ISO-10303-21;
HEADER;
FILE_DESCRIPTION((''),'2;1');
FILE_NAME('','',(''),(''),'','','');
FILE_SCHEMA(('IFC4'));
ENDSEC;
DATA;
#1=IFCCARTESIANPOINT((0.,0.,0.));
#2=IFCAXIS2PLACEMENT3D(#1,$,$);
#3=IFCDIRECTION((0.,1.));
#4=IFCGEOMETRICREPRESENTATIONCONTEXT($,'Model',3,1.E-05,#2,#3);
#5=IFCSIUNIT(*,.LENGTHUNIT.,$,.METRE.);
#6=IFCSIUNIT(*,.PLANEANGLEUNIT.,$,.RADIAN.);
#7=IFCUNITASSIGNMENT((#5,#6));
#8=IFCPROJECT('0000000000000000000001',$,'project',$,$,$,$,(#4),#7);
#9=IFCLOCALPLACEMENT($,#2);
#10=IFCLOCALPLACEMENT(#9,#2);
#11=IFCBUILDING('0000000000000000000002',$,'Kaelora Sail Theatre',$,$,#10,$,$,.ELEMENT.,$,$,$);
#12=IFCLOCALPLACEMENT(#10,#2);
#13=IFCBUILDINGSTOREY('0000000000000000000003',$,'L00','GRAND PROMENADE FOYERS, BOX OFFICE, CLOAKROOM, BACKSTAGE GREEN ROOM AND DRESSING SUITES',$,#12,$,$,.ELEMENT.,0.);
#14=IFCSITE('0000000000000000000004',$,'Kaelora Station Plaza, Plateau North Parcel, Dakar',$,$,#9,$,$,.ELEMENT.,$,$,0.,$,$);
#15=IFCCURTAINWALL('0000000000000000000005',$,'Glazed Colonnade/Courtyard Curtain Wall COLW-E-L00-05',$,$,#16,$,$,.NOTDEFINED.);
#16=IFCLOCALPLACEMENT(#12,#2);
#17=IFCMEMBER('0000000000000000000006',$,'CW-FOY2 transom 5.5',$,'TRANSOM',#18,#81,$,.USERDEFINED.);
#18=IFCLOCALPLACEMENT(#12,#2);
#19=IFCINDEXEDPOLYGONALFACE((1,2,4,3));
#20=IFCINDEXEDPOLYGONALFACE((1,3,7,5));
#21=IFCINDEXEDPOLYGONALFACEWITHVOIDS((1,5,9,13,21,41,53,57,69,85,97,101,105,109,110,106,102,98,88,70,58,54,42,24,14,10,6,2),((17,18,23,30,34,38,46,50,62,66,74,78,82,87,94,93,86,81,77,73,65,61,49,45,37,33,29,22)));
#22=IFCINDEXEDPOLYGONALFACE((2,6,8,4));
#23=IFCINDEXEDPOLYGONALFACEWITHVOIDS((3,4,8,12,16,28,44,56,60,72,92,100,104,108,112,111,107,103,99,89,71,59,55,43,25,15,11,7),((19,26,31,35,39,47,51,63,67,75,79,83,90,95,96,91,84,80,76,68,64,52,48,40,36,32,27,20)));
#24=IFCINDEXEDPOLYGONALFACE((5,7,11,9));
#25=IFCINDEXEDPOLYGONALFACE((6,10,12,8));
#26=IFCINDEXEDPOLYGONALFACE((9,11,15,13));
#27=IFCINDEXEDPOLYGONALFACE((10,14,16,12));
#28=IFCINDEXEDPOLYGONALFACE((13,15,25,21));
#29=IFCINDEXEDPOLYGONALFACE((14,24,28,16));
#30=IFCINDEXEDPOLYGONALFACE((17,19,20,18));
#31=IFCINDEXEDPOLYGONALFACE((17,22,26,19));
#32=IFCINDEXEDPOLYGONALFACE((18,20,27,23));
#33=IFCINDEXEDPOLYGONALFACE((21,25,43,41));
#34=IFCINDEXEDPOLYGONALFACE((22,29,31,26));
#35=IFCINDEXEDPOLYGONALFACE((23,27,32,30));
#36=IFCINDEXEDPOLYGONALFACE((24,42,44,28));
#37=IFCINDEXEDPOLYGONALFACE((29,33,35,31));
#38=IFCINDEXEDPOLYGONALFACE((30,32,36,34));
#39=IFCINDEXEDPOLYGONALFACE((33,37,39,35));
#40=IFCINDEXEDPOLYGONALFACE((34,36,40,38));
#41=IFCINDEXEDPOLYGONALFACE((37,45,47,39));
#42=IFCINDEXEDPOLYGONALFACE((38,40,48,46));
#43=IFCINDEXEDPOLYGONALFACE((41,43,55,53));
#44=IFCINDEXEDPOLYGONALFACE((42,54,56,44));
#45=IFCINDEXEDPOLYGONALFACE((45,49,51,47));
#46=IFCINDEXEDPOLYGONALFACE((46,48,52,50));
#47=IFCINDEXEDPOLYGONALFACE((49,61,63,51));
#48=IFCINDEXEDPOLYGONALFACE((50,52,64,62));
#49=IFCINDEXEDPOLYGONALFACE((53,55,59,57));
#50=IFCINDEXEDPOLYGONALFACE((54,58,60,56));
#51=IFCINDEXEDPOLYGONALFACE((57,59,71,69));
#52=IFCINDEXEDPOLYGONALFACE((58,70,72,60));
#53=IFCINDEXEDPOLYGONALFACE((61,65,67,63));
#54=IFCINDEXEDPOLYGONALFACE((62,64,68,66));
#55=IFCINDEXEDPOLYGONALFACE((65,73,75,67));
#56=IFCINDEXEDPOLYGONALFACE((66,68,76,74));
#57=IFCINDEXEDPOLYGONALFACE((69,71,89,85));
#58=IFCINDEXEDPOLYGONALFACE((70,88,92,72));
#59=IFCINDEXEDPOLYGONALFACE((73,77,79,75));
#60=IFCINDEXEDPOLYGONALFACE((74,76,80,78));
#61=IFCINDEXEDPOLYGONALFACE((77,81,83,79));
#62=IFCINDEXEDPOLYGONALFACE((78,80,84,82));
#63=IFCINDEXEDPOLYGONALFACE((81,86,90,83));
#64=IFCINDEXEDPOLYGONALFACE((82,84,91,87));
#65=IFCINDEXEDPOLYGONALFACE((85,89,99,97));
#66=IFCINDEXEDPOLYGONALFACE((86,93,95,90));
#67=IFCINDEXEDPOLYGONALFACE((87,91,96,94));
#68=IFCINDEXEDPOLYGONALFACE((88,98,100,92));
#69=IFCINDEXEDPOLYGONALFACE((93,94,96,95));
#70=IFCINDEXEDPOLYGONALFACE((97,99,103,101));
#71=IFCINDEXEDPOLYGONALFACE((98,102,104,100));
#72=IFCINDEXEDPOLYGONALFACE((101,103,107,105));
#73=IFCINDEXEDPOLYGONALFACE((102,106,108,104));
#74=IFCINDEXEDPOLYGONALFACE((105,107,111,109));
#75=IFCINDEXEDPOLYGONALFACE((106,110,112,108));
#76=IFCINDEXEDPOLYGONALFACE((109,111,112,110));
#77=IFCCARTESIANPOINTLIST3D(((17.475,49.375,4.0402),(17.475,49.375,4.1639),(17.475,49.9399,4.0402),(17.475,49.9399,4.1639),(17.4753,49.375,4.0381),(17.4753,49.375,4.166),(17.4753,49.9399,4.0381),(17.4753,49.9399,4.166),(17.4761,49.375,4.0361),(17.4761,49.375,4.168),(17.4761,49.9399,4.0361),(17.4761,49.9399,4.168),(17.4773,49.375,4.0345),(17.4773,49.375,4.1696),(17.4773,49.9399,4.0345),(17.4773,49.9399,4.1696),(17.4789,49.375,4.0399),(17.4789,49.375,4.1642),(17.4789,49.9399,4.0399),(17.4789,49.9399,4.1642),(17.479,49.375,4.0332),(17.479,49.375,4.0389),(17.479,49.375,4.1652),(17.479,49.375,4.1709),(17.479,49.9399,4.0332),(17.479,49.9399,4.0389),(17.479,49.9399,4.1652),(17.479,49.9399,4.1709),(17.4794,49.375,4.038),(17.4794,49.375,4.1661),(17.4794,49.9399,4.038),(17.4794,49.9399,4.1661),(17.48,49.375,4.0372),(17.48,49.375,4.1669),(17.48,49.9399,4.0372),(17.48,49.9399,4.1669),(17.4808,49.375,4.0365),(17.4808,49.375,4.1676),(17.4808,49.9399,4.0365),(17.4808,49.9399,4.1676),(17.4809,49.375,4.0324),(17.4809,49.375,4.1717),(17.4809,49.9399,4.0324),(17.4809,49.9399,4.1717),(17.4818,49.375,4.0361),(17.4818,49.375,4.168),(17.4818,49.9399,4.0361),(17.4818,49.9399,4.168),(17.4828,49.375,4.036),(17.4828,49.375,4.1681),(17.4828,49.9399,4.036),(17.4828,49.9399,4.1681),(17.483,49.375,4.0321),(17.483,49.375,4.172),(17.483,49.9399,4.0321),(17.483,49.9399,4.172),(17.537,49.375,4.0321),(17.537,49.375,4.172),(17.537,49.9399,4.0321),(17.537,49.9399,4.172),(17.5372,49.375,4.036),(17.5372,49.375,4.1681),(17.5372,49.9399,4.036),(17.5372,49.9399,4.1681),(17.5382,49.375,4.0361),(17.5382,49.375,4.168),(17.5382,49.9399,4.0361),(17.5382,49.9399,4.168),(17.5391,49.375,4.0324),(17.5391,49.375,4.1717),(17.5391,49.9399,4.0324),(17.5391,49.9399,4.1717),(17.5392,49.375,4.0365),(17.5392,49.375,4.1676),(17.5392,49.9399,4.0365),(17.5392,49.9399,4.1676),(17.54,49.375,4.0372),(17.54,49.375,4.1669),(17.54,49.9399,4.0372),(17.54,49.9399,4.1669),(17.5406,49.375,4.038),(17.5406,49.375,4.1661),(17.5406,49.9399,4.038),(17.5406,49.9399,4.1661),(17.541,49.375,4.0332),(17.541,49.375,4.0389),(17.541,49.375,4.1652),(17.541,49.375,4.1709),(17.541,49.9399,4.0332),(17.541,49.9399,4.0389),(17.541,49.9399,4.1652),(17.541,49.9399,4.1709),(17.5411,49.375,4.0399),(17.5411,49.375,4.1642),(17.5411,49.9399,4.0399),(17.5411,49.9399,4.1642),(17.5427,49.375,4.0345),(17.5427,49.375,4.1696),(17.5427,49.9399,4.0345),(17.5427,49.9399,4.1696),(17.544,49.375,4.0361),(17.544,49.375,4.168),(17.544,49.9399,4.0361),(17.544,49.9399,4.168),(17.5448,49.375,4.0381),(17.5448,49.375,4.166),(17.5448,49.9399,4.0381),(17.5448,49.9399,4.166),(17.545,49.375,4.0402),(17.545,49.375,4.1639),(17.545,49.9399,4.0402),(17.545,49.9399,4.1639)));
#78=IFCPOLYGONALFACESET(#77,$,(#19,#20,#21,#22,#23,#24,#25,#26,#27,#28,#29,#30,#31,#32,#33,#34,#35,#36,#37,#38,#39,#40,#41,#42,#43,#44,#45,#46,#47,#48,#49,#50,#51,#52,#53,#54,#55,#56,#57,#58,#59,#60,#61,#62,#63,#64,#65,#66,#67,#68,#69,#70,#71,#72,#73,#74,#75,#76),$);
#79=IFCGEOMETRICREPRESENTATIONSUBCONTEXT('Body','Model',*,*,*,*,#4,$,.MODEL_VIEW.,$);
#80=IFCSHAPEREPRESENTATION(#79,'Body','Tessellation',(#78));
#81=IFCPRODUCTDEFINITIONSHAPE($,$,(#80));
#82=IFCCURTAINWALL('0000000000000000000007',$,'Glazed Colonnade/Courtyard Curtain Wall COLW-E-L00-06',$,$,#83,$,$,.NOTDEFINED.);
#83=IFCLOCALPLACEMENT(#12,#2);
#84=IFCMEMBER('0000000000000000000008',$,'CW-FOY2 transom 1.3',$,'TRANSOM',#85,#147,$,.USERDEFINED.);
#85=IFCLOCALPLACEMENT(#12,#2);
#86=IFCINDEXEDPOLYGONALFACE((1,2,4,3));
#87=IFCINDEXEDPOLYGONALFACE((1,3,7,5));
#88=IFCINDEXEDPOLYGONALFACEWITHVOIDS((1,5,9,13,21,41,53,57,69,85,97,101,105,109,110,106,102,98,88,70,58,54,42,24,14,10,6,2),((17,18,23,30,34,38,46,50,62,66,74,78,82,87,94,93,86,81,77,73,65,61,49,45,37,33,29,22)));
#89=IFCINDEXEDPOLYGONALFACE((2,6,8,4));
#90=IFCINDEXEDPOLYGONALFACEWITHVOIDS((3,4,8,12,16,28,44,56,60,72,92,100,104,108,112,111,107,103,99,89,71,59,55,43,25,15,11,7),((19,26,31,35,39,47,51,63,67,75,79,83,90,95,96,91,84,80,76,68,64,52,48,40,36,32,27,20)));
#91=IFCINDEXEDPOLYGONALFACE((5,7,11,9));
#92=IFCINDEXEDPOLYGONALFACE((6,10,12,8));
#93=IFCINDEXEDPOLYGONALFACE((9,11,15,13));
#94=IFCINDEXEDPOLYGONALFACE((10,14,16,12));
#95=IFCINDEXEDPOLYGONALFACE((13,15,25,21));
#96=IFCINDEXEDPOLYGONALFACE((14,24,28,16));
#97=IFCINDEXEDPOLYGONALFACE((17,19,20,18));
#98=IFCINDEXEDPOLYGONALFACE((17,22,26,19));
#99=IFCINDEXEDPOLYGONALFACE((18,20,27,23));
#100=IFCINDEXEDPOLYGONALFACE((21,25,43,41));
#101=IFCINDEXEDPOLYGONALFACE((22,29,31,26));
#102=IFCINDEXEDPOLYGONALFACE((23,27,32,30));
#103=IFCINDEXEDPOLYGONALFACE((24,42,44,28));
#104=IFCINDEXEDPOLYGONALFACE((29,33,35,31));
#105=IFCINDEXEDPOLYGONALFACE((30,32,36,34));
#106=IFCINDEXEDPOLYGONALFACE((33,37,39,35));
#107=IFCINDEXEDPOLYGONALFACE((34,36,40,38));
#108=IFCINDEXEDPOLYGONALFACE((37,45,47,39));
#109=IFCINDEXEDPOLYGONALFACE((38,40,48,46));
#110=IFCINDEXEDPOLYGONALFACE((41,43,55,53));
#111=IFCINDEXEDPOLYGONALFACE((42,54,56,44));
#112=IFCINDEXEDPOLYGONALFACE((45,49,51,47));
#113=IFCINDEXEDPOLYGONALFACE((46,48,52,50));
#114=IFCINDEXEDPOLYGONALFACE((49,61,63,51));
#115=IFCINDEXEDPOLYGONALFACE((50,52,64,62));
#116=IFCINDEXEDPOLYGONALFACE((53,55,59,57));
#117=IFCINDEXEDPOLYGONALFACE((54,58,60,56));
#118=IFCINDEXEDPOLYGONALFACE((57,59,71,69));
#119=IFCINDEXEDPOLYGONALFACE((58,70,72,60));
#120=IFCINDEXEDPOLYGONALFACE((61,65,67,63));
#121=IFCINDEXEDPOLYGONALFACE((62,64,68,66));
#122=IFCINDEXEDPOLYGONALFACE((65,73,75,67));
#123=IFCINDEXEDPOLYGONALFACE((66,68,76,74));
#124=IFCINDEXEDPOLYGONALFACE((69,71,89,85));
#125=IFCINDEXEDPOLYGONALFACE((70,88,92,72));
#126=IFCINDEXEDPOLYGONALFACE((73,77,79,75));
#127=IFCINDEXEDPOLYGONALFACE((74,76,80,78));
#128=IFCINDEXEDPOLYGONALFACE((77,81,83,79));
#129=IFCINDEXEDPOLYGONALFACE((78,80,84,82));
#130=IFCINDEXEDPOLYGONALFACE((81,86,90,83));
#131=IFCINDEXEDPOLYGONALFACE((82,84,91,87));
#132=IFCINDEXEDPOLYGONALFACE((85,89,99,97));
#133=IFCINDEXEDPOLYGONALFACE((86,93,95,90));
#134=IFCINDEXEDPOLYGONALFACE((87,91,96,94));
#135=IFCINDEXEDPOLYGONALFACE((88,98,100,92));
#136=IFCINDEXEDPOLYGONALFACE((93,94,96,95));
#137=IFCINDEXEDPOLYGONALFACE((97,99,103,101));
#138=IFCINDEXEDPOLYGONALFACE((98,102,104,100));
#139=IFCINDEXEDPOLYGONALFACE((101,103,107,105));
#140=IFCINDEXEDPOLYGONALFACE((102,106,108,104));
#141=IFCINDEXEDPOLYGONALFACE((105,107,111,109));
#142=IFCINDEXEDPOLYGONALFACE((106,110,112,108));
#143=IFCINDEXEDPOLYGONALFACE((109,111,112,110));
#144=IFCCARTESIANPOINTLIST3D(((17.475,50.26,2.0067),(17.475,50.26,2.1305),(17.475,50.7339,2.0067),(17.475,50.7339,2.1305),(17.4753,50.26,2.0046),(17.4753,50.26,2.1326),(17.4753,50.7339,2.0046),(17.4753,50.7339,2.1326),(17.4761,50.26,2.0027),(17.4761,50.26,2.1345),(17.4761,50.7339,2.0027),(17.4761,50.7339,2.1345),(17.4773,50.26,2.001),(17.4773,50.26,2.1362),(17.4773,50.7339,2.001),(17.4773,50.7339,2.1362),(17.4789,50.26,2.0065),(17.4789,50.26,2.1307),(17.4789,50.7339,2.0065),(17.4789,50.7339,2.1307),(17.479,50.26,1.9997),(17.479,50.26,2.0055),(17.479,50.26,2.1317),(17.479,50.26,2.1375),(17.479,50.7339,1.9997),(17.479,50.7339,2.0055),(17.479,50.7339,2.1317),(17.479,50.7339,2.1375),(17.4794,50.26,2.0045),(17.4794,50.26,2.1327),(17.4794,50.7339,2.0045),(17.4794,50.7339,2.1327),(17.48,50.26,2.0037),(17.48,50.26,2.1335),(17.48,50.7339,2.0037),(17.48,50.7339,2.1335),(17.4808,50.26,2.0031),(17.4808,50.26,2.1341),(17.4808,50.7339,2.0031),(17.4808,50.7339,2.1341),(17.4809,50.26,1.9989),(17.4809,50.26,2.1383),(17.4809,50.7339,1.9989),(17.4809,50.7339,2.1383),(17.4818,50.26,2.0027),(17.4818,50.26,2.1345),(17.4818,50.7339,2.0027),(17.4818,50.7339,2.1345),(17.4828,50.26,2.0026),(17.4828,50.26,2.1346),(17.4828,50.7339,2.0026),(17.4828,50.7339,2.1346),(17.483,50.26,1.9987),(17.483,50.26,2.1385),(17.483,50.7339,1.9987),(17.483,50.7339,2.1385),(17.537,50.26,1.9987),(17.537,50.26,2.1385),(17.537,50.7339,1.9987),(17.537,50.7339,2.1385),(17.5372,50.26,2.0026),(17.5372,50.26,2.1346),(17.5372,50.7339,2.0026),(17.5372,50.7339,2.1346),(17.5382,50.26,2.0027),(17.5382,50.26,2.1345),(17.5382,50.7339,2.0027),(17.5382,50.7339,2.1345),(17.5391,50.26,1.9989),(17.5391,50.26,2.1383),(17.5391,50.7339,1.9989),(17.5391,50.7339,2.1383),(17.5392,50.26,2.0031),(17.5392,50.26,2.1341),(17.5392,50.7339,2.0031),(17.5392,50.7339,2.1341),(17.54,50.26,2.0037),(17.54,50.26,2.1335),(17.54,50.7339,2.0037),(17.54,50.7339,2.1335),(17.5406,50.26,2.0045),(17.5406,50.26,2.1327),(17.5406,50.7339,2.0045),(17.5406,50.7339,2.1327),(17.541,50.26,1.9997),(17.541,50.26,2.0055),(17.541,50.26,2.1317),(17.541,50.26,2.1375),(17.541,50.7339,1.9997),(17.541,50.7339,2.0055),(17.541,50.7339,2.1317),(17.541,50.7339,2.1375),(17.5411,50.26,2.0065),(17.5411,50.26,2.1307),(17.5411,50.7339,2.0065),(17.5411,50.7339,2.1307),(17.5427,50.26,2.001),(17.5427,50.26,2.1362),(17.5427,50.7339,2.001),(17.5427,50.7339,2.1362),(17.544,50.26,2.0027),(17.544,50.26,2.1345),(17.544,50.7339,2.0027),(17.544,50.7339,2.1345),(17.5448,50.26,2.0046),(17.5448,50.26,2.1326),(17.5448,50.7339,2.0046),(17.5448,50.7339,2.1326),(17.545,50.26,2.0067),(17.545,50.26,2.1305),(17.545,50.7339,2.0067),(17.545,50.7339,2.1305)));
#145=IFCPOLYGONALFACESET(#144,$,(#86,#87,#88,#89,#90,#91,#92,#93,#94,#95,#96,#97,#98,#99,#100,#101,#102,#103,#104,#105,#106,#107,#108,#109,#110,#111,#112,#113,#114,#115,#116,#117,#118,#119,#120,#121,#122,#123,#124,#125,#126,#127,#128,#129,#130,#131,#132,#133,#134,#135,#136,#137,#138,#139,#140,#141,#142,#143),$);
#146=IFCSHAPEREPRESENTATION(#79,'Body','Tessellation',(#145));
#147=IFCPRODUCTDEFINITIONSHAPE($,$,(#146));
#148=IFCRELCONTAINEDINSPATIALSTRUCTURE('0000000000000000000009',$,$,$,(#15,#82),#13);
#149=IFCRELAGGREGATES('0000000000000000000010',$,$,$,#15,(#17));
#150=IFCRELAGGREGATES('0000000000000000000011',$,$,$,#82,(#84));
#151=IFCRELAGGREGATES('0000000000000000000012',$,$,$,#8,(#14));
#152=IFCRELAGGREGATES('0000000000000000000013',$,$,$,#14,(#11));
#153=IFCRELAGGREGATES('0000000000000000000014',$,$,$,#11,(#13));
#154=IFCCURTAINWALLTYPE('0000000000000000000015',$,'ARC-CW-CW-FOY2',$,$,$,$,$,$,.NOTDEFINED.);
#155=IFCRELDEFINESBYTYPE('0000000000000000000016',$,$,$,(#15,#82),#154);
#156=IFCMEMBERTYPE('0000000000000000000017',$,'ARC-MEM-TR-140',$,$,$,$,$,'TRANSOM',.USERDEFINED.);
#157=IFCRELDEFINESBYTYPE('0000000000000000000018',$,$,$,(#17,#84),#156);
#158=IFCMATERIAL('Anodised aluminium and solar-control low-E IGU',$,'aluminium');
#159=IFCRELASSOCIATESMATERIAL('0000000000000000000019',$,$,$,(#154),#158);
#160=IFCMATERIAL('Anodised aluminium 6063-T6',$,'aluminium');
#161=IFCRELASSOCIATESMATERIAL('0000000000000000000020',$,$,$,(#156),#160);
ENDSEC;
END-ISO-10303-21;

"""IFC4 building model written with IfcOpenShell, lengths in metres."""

from ifc_helpers import new_model, si_unit, direction, frame, origin, origin_2d, place, context, subcontext, project, spatial, hollow_rectangle, extrude, material, material_profile, profile_set, type_object, element, aggregate, save


model = new_model("IFC4")

# Units and contexts
model_context = context("Model", 3, precision=1e-05, world=origin(), true_north=direction((0.0, 1.0)))
body_context = subcontext(model_context, "Body", "Model", "MODEL_VIEW")
ifc_project = project(units=[si_unit("LENGTHUNIT", "METRE"), si_unit("PLANEANGLEUNIT", "RADIAN")], contexts=[model_context])

# Site, building, storey
site_placement = place(None, origin())
site = spatial("IfcSite", under=ifc_project, at=site_placement, Name="Kaelora Station Plaza, Plateau North Parcel, Dakar", CompositionType="ELEMENT", RefElevation=0.0)
building_placement = place(site_placement, origin())
building = spatial("IfcBuilding", under=site, at=building_placement, Name="Kaelora Sail Theatre", CompositionType="ELEMENT")
storey_placement = place(building_placement, origin())
storey = spatial("IfcBuildingStorey", under=building, at=storey_placement, Name="L00", Description="GRAND PROMENADE FOYERS, BOX OFFICE, CLOAKROOM, BACKSTAGE GREEN ROOM AND DRESSING SUITES", CompositionType="ELEMENT", Elevation=0.0)

# Curtain walls, members
ifc_material_1 = material(Name="Anodised aluminium and solar-control low-E IGU", Category="aluminium")
curtain_wall_type = type_object("IfcCurtainWallType", Name="ARC-CW-CW-FOY2", PredefinedType="NOTDEFINED", material=ifc_material_1)
curtain_wall_1_placement = place(storey_placement, origin())
curtain_wall_1 = element("IfcCurtainWall", 1, at=curtain_wall_1_placement, inside=storey, type_object=curtain_wall_type, Name="Glazed Colonnade/Courtyard Curtain Wall COLW-E-L00-05", PredefinedType="NOTDEFINED")
ifc_material_2 = material(Name="Anodised aluminium 6063-T6", Category="aluminium")
ifc_material_profile = material_profile(ifc_material_2, hollow_rectangle(XDim=0.0701, YDim=0.1399, WallThickness=0.0039, InnerFilletRadius=0.0039, OuterFilletRadius=0.0081, at=origin_2d()), Name="ALU-TRAN 70x140x4")
ifc_profile_set = profile_set([ifc_material_profile], Name="Anodised aluminium 6063-T6")
member_type = type_object("IfcMemberType", Name="ARC-MEM-TR-140", ElementType="TRANSOM", PredefinedType="USERDEFINED", material=ifc_profile_set)
member_1_placement = place(storey_placement, frame((17.51, 49.375, 4.1021), z_axis=(0.0, 1.0, 0.0), x_axis=(-1.0, 0.0, 0.0)))
member_1 = element("IfcMember", 2, at=member_1_placement, type_object=member_type, Name="CW-FOY2 transom 5.5", ObjectType="TRANSOM", PredefinedType="USERDEFINED", context=body_context, shape_type="SweptSolid", body=[
    extrude(hollow_rectangle(XDim=0.0701, YDim=0.1399, WallThickness=0.0039, InnerFilletRadius=0.0039, OuterFilletRadius=0.0081, at=origin_2d()), origin(), (0.0, 0.0, 1.0), 0.5649),
])
curtain_wall_2_placement = place(storey_placement, origin())
curtain_wall_2 = element("IfcCurtainWall", 3, at=curtain_wall_2_placement, inside=storey, type_object=curtain_wall_type, Name="Glazed Colonnade/Courtyard Curtain Wall COLW-E-L00-06", PredefinedType="NOTDEFINED")
member_2_placement = place(storey_placement, frame((17.51, 50.26, 2.0686), z_axis=(0.0, 1.0, 0.0), x_axis=(-1.0, 0.0, 0.0)))
member_2 = element("IfcMember", 4, at=member_2_placement, type_object=member_type, Name="CW-FOY2 transom 1.3", ObjectType="TRANSOM", PredefinedType="USERDEFINED", context=body_context, shape_type="SweptSolid", body=[
    extrude(hollow_rectangle(XDim=0.0701, YDim=0.1399, WallThickness=0.0039, InnerFilletRadius=0.0039, OuterFilletRadius=0.0081, at=origin_2d()), origin(), (0.0, 0.0, 1.0), 0.4739),
])

aggregate(curtain_wall_1, [member_1])
aggregate(curtain_wall_2, [member_2])

save(model, "model.ifc")
